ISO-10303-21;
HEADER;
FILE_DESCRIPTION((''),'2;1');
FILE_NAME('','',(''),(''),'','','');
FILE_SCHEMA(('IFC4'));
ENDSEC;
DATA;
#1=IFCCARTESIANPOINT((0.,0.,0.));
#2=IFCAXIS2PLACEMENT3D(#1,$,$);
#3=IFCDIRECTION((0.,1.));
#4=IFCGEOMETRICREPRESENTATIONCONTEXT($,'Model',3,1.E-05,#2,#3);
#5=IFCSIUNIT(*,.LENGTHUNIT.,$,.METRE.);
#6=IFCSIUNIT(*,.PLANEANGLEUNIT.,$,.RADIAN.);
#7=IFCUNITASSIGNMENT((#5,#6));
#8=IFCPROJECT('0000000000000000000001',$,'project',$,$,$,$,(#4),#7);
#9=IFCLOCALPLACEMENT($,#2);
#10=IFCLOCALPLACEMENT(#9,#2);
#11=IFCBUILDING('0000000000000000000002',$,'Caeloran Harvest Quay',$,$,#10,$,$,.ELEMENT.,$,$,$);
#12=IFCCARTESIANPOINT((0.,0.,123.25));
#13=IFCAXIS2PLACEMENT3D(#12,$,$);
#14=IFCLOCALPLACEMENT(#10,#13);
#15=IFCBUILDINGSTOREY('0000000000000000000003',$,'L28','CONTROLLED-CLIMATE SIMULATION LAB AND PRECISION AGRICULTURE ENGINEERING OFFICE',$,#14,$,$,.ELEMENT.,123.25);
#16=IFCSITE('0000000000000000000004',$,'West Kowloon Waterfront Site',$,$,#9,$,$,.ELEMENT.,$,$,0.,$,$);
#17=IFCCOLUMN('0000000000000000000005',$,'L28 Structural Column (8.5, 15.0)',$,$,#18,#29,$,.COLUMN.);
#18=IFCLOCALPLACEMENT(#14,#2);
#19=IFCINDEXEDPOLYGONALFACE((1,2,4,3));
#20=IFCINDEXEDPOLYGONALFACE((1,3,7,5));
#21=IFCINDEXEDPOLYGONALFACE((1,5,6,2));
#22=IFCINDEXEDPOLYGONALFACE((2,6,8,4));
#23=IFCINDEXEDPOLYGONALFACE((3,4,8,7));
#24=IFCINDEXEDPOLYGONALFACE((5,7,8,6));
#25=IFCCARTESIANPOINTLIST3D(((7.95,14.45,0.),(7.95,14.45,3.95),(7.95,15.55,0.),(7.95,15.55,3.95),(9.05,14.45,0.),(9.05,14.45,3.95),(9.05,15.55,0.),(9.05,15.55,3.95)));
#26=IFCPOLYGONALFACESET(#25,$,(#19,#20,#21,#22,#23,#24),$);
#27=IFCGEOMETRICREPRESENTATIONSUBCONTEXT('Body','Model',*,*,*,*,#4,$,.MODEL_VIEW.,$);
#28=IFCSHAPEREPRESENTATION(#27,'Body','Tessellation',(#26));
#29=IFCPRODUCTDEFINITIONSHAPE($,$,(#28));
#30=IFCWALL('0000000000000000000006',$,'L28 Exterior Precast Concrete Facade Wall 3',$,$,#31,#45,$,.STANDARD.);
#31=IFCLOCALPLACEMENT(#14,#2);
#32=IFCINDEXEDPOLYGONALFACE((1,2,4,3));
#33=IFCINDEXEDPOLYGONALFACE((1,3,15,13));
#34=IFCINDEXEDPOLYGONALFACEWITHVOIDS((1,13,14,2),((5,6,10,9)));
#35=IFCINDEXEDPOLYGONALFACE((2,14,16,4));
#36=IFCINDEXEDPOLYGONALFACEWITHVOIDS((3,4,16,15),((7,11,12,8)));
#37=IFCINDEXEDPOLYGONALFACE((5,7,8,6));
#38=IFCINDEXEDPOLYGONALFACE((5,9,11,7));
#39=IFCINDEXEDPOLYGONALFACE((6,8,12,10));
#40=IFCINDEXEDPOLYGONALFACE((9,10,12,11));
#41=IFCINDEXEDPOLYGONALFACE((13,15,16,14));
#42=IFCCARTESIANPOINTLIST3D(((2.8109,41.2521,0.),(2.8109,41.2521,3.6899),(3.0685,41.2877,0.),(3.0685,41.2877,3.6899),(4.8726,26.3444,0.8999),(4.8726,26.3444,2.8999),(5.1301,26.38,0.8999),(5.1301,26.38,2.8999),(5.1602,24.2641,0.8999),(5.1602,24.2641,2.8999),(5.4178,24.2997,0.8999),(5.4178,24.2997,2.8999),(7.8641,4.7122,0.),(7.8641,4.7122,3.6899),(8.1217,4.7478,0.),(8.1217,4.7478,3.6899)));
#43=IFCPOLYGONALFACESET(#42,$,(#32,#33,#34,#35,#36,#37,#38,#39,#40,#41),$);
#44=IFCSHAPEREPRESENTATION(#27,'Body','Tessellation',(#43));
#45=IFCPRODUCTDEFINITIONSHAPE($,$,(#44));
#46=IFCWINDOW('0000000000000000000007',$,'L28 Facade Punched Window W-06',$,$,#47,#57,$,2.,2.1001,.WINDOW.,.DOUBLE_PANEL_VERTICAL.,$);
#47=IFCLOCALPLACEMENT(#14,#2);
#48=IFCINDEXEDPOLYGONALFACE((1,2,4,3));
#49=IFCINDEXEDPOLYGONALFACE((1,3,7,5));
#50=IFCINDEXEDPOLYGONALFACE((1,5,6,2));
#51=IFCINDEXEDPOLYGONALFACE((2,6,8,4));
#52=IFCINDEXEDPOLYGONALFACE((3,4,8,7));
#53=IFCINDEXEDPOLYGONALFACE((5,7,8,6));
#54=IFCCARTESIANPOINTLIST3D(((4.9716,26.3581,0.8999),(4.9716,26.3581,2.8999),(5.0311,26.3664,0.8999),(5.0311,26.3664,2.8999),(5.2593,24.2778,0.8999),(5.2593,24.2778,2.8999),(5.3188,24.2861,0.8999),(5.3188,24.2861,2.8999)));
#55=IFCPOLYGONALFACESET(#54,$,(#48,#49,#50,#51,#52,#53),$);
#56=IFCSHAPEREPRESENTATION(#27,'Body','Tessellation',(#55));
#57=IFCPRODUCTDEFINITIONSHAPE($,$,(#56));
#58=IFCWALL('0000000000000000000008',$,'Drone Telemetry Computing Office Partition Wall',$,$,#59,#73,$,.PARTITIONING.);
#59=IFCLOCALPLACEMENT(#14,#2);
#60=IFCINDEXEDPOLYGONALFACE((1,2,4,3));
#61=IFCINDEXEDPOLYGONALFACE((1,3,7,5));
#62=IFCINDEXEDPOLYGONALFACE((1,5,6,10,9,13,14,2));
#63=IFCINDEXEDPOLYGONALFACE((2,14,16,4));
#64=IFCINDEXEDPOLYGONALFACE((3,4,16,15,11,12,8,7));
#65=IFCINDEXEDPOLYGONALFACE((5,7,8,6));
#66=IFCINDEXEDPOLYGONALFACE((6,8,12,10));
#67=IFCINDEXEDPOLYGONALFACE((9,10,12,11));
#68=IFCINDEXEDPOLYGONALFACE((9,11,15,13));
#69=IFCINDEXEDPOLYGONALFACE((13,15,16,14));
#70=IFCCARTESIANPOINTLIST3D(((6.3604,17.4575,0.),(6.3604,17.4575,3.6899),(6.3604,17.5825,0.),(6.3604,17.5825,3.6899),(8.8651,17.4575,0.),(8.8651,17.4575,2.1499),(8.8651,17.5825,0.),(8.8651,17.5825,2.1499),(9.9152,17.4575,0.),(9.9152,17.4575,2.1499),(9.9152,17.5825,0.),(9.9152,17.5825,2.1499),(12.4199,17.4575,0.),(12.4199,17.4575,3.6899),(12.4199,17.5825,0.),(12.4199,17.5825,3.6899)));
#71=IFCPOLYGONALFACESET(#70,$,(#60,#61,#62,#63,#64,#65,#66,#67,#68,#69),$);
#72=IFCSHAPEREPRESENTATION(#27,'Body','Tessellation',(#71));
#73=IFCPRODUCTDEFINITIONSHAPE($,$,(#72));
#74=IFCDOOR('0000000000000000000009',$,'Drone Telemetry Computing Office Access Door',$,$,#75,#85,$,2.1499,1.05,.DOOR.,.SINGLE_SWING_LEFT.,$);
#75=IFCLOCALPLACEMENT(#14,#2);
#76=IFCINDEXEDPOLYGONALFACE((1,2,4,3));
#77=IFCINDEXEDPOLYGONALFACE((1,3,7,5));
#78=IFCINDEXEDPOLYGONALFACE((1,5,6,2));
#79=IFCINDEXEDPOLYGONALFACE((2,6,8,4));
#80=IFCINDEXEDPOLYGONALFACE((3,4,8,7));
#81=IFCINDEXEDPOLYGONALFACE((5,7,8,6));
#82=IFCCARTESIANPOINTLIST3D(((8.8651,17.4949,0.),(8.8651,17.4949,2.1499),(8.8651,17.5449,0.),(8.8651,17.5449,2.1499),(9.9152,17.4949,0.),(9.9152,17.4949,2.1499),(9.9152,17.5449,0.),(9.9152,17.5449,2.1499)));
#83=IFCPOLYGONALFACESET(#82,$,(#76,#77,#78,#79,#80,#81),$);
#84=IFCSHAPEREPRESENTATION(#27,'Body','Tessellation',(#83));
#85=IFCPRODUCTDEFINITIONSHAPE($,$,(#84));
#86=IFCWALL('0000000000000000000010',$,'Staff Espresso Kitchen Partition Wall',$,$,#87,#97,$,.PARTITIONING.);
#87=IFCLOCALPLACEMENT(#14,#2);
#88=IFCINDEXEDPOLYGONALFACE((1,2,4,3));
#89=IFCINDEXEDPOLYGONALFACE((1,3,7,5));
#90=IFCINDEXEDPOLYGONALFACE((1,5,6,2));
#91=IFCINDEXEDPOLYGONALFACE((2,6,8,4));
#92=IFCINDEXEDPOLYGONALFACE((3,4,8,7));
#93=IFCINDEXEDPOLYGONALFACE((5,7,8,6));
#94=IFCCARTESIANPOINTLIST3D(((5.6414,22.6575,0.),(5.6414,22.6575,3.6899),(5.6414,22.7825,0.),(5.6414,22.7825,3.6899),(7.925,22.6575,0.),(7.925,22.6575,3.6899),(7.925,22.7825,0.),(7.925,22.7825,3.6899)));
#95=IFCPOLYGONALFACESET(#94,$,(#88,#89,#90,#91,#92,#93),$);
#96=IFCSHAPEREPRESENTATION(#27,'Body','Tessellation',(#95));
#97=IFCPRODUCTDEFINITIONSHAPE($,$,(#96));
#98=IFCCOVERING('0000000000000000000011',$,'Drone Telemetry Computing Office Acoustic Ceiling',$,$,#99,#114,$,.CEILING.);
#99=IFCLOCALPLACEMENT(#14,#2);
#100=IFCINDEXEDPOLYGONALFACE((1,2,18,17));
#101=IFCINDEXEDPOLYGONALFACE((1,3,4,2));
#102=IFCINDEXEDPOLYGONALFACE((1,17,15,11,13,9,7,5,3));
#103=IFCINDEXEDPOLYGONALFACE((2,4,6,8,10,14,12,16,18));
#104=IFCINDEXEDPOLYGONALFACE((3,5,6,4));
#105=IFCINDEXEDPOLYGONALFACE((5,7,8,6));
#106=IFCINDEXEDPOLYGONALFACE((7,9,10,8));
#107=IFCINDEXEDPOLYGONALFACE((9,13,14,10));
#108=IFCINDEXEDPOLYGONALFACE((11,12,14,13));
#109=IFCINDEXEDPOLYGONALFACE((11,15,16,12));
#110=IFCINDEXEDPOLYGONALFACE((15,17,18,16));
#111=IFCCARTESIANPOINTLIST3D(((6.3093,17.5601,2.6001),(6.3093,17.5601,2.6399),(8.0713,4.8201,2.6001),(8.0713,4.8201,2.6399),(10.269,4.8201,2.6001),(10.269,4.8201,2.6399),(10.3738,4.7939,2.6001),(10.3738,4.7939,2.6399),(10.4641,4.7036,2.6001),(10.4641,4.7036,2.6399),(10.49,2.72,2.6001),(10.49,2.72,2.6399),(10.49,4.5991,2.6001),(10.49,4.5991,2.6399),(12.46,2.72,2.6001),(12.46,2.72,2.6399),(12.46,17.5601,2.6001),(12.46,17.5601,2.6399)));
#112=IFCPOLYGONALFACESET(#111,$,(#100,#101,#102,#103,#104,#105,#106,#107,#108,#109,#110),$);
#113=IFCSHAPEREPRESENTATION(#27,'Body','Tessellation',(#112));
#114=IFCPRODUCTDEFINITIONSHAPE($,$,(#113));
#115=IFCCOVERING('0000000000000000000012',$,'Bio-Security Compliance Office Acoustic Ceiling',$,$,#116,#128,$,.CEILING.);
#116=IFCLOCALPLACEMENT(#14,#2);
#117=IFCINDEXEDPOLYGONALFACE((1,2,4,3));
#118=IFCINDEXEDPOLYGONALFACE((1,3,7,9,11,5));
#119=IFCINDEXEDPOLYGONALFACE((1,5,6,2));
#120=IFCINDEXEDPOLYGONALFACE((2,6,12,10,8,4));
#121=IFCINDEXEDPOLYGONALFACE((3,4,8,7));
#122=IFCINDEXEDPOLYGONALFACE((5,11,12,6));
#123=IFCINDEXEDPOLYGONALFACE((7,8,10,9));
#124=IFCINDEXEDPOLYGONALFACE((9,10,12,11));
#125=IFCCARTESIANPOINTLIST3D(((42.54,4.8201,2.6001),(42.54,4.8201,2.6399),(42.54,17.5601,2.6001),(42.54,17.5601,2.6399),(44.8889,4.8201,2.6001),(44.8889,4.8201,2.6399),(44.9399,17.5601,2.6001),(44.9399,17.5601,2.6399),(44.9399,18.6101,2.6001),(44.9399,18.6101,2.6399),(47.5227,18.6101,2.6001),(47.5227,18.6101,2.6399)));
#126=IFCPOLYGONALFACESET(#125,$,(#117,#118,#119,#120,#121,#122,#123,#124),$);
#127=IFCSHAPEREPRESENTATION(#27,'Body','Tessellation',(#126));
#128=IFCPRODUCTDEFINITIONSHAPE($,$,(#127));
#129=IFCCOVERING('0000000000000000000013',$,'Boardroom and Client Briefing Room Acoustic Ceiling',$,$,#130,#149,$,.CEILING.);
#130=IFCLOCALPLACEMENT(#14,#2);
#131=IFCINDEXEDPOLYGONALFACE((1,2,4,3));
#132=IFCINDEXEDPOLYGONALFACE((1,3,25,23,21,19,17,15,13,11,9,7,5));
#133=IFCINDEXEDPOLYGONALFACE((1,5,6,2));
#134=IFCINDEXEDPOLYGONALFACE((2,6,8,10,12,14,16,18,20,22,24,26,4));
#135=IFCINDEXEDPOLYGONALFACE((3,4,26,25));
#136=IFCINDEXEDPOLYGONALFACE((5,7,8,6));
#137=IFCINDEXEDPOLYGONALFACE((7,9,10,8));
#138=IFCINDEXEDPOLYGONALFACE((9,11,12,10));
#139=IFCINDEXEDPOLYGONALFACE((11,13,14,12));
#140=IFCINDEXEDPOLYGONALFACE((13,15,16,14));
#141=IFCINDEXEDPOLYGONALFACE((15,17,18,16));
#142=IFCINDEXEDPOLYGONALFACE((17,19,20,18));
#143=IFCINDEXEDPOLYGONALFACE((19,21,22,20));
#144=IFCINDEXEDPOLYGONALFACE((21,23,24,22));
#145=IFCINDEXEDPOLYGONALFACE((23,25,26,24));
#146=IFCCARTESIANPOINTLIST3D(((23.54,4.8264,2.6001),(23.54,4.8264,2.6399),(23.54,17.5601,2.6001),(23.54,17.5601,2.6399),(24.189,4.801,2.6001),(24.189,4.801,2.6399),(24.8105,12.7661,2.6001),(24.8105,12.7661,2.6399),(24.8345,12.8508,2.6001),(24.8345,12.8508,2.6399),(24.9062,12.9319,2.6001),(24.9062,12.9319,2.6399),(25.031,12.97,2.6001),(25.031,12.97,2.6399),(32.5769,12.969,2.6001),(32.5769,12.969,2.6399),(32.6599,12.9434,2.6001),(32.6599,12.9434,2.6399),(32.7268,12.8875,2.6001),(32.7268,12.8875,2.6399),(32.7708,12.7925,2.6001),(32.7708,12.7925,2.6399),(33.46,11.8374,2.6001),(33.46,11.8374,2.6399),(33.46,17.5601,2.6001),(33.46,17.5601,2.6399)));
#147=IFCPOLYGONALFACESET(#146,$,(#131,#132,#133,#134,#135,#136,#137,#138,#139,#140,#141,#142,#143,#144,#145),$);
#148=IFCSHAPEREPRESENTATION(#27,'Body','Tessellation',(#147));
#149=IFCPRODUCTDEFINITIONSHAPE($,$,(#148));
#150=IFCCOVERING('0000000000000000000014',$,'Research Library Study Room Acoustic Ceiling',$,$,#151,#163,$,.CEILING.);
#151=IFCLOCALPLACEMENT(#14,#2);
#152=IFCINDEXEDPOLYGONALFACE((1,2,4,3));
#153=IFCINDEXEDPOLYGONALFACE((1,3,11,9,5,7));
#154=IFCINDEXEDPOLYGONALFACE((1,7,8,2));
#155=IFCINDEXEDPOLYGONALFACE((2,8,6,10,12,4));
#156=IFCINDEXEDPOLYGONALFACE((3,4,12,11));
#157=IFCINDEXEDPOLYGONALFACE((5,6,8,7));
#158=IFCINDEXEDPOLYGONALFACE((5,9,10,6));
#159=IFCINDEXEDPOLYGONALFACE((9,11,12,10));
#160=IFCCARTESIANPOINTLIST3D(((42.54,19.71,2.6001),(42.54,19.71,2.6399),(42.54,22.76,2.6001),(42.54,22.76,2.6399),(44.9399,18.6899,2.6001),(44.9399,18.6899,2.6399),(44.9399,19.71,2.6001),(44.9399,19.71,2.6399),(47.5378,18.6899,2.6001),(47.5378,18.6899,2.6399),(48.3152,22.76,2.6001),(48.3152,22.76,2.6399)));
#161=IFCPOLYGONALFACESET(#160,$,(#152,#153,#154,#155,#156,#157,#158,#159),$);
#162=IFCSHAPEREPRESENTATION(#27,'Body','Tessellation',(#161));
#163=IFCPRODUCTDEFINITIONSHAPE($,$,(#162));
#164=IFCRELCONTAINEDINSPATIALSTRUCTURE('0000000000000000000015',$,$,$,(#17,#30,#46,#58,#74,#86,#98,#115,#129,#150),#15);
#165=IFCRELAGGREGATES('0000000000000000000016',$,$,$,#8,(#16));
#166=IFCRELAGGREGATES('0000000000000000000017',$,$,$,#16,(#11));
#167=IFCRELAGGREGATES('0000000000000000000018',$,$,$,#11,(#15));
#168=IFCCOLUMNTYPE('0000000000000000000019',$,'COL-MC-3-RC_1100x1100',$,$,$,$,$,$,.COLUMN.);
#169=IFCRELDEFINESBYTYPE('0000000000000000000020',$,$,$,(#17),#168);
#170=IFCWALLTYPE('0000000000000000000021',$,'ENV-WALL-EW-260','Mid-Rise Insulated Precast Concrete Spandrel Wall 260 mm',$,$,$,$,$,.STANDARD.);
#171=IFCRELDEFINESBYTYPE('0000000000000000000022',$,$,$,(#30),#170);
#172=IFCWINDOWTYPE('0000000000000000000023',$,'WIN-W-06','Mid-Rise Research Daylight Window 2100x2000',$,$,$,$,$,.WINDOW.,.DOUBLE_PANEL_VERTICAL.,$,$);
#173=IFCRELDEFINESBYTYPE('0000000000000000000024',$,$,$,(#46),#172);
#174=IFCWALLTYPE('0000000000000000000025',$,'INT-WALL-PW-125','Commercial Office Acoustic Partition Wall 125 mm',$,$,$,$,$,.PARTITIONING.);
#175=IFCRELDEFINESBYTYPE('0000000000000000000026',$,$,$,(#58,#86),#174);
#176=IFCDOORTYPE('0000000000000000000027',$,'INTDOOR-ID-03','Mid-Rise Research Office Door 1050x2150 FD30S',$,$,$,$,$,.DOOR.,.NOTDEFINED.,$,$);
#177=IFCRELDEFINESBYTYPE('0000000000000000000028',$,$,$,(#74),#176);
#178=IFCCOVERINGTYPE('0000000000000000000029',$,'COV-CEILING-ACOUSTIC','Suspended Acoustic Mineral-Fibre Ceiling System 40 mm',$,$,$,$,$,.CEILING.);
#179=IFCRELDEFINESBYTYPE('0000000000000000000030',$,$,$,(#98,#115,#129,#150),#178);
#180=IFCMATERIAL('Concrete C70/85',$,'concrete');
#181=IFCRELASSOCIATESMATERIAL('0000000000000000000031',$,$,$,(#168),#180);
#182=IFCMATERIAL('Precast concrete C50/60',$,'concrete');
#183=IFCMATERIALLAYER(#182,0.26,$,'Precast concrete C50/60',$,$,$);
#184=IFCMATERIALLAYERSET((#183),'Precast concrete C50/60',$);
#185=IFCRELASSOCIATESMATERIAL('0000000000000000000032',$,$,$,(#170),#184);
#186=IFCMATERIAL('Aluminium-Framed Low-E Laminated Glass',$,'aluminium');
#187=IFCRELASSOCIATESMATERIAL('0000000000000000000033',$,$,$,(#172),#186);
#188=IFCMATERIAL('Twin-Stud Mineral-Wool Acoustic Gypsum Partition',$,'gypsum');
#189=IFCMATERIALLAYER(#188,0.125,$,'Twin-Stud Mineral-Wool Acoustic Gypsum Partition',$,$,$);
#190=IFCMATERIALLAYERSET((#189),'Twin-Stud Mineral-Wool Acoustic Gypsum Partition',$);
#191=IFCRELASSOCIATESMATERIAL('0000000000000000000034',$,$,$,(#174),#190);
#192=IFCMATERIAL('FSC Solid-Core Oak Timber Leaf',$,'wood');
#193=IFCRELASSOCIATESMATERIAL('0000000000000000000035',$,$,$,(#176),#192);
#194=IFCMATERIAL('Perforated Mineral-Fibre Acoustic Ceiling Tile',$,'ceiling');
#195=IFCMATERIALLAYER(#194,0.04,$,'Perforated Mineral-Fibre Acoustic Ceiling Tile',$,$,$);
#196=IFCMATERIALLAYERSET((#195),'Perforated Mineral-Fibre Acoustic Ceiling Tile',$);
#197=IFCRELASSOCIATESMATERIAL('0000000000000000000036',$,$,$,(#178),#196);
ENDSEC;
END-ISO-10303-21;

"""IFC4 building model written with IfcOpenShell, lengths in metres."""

from ifc_helpers import new_model, si_unit, direction, frame, frame_2d, origin, origin_2d, place, context, subcontext, project, spatial, polyline, rectangle, outline, extrude, material, layer, layer_set, material_profile, profile_set, type_object, element, fill, save


model = new_model("IFC4")

# Units and contexts
model_context = context("Model", 3, precision=1e-05, world=origin(), true_north=direction((0.0, 1.0)))
body_context = subcontext(model_context, "Body", "Model", "MODEL_VIEW")
ifc_project = project(units=[si_unit("LENGTHUNIT", "METRE"), si_unit("PLANEANGLEUNIT", "RADIAN")], contexts=[model_context])

# Site, building, storey
site_placement = place(None, origin())
site = spatial("IfcSite", under=ifc_project, at=site_placement, Name="West Kowloon Waterfront Site", CompositionType="ELEMENT", RefElevation=0.0)
building_placement = place(site_placement, origin())
building = spatial("IfcBuilding", under=site, at=building_placement, Name="Caeloran Harvest Quay", CompositionType="ELEMENT")
storey_placement = place(building_placement, frame((0.0, 0.0, 123.25)))
storey = spatial("IfcBuildingStorey", under=building, at=storey_placement, Name="L28", Description="CONTROLLED-CLIMATE SIMULATION LAB AND PRECISION AGRICULTURE ENGINEERING OFFICE", CompositionType="ELEMENT", Elevation=123.25)

# Column
ifc_material_1 = material(Name="Concrete C70/85", Category="concrete")
ifc_material_profile = material_profile(ifc_material_1, rectangle(XDim=1.1001, YDim=1.1001, at=origin_2d()), Name="RC 1100x1100")
ifc_profile_set = profile_set([ifc_material_profile], Name="Concrete C70/85")
column_type = type_object("IfcColumnType", Name="COL-MC-3-RC_1100x1100", PredefinedType="COLUMN", material=ifc_profile_set)
column_placement = place(storey_placement, frame((8.5, 15.0, 0.0), z_axis=(0.0, 0.0, 1.0), x_axis=(1.0, 0.0, 0.0)))
element("IfcColumn", 1, at=column_placement, inside=storey, type_object=column_type, Name="L28 Structural Column (8.5, 15.0)", PredefinedType="COLUMN", context=body_context, shape_type="SweptSolid", body=[
    extrude(rectangle(XDim=1.1001, YDim=1.1001, at=origin_2d()), origin(), (0.0, 0.0, 1.0), 3.95),
])

# Wall, opening, window
ifc_material_2 = material(Name="Precast concrete C50/60", Category="concrete")
ifc_layer_1 = layer(ifc_material_2, 0.26, Name="Precast concrete C50/60")
ifc_layer_set_1 = layer_set([ifc_layer_1], Name="Precast concrete C50/60")
wall_type_1 = type_object("IfcWallType", Name="ENV-WALL-EW-260", Description="Mid-Rise Insulated Precast Concrete Spandrel Wall 260 mm", PredefinedType="STANDARD", material=ifc_layer_set_1)
wall_1_placement = place(storey_placement, frame((7.9929, 4.73, 0.0), z_axis=(0.0, 0.0, 1.0), x_axis=(-0.136989, 0.990573, 0.0)))
wall_1 = element("IfcWall", 2, at=wall_1_placement, inside=storey, type_object=wall_type_1, Name="L28 Exterior Precast Concrete Facade Wall 3", PredefinedType="STANDARD", context=body_context, shape_type="SweptSolid", body=[
    extrude(rectangle(XDim=36.8877, YDim=0.26, at=frame_2d((18.4438, 0.0))), origin(), (0.0, 0.0, 1.0), 3.6899),
])
opening_1_placement = place(wall_1_placement, frame((19.738, 0.0, 0.8999)))
opening_1 = element("IfcOpeningElement", 3, at=opening_1_placement, cuts=wall_1, PredefinedType="OPENING", context=body_context, shape_type="SweptSolid", body=[
    extrude(rectangle(XDim=2.1001, YDim=2.0, at=frame_2d((1.05, 1.0))), frame((0.0, 0.1401, 0.0), z_axis=(0.0, -1.0, 0.0), x_axis=(1.0, 0.0, 0.0)), (0.0, 0.0, 1.0), 0.28),
])
ifc_material_3 = material(Name="Aluminium-Framed Low-E Laminated Glass", Category="aluminium")
window_type = type_object("IfcWindowType", Name="WIN-W-06", Description="Mid-Rise Research Daylight Window 2100x2000", PartitioningType="DOUBLE_PANEL_VERTICAL", PredefinedType="WINDOW", material=ifc_material_3)
window_placement = place(opening_1_placement, origin())
window = element("IfcWindow", 4, at=window_placement, inside=storey, type_object=window_type, Name="L28 Facade Punched Window W-06", OverallHeight=2.0, OverallWidth=2.1001, PartitioningType="DOUBLE_PANEL_VERTICAL", PredefinedType="WINDOW", context=body_context, shape_type="SweptSolid", body=[
    extrude(rectangle(XDim=2.1001, YDim=2.0, at=frame_2d((1.05, 1.0))), frame((0.0, 0.03, 0.0), z_axis=(0.0, -1.0, 0.0), x_axis=(1.0, 0.0, 0.0)), (0.0, 0.0, 1.0), 0.0601),
])
fill(opening_1, window)

# Wall, opening, door
ifc_material_4 = material(Name="Twin-Stud Mineral-Wool Acoustic Gypsum Partition", Category="gypsum")
ifc_layer_2 = layer(ifc_material_4, 0.125, Name="Twin-Stud Mineral-Wool Acoustic Gypsum Partition")
ifc_layer_set_2 = layer_set([ifc_layer_2], Name="Twin-Stud Mineral-Wool Acoustic Gypsum Partition")
wall_type_2 = type_object("IfcWallType", Name="INT-WALL-PW-125", Description="Commercial Office Acoustic Partition Wall 125 mm", PredefinedType="PARTITIONING", material=ifc_layer_set_2)
wall_2_placement = place(storey_placement, frame((6.3604, 17.52, 0.0), z_axis=(0.0, 0.0, 1.0), x_axis=(1.0, 0.0, 0.0)))
wall_2 = element("IfcWall", 5, at=wall_2_placement, inside=storey, type_object=wall_type_2, Name="Drone Telemetry Computing Office Partition Wall", PredefinedType="PARTITIONING", context=body_context, shape_type="SweptSolid", body=[
    extrude(rectangle(XDim=6.0596, YDim=0.125, at=frame_2d((3.0298, 0.0))), origin(), (0.0, 0.0, 1.0), 3.6899),
])
opening_2_placement = place(wall_2_placement, frame((2.5049, 0.0, 0.0)))
opening_2 = element("IfcOpeningElement", 6, at=opening_2_placement, cuts=wall_2, PredefinedType="OPENING", context=body_context, shape_type="SweptSolid", body=[
    extrude(rectangle(XDim=1.05, YDim=2.1499, at=frame_2d((0.5249, 1.075))), frame((0.0, 0.0725, 0.0), z_axis=(0.0, -1.0, 0.0), x_axis=(1.0, 0.0, 0.0)), (0.0, 0.0, 1.0), 0.145),
])
ifc_material_5 = material(Name="FSC Solid-Core Oak Timber Leaf", Category="wood")
door_type = type_object("IfcDoorType", Name="INTDOOR-ID-03", Description="Mid-Rise Research Office Door 1050x2150 FD30S", OperationType="NOTDEFINED", PredefinedType="DOOR", material=ifc_material_5)
door_placement = place(opening_2_placement, origin())
door = element("IfcDoor", 7, at=door_placement, inside=storey, type_object=door_type, Name="Drone Telemetry Computing Office Access Door", OperationType="SINGLE_SWING_LEFT", OverallHeight=2.1499, OverallWidth=1.05, PredefinedType="DOOR", context=body_context, shape_type="SweptSolid", body=[
    extrude(rectangle(XDim=1.05, YDim=2.1499, at=frame_2d((0.5249, 1.075))), frame((0.0, 0.0249, 0.0), z_axis=(0.0, -1.0, 0.0), x_axis=(1.0, 0.0, 0.0)), (0.0, 0.0, 1.0), 0.05),
])
fill(opening_2, door)

# Wall
wall_3_placement = place(storey_placement, frame((5.6414, 22.72, 0.0), z_axis=(0.0, 0.0, 1.0), x_axis=(1.0, 0.0, 0.0)))
element("IfcWall", 8, at=wall_3_placement, inside=storey, type_object=wall_type_2, Name="Staff Espresso Kitchen Partition Wall", PredefinedType="PARTITIONING", context=body_context, shape_type="SweptSolid", body=[
    extrude(rectangle(XDim=2.2837, YDim=0.125, at=frame_2d((1.1418, 0.0))), origin(), (0.0, 0.0, 1.0), 3.6899),
])

# Coverings
ifc_material_6 = material(Name="Perforated Mineral-Fibre Acoustic Ceiling Tile", Category="ceiling")
ifc_layer_3 = layer(ifc_material_6, 0.04, Name="Perforated Mineral-Fibre Acoustic Ceiling Tile")
ifc_layer_set_3 = layer_set([ifc_layer_3], Name="Perforated Mineral-Fibre Acoustic Ceiling Tile")
covering_type_1 = type_object("IfcCoveringType", Name="COV-CEILING-ACOUSTIC", Description="Suspended Acoustic Mineral-Fibre Ceiling System 40 mm", PredefinedType="CEILING", material=ifc_layer_set_3)
covering_1_placement = place(storey_placement, frame((0.0, 0.0, 2.6001)))
element("IfcCovering", 9, at=covering_1_placement, inside=storey, type_object=covering_type_1, Name="Drone Telemetry Computing Office Acoustic Ceiling", PredefinedType="CEILING", context=body_context, shape_type="SweptSolid", body=[
    extrude(outline(polyline([(10.4641, 4.7036), (10.3738, 4.7939), (10.269, 4.8201), (8.0713, 4.8201), (6.3093, 17.5601), (12.46, 17.5601), (12.46, 2.72), (10.49, 2.72), (10.49, 4.5991), (10.4641, 4.7036)])), origin(), (0.0, 0.0, 1.0), 0.0398),
])
covering_2_placement = place(storey_placement, frame((0.0, 0.0, 2.6001)))
element("IfcCovering", 10, at=covering_2_placement, inside=storey, type_object=covering_type_1, Name="Bio-Security Compliance Office Acoustic Ceiling", PredefinedType="CEILING", context=body_context, shape_type="SweptSolid", body=[
    extrude(outline(polyline([(44.9399, 17.5601), (44.9399, 18.6101), (47.5227, 18.6101), (44.8889, 4.8201), (42.54, 4.8201), (42.54, 17.5601), (44.9399, 17.5601)])), origin(), (0.0, 0.0, 1.0), 0.0398),
])
covering_3_placement = place(storey_placement, frame((0.0, 0.0, 2.6001)))
element("IfcCovering", 11, at=covering_3_placement, inside=storey, type_object=covering_type_1, Name="Boardroom and Client Briefing Room Acoustic Ceiling", PredefinedType="CEILING", context=body_context, shape_type="SweptSolid", body=[
    extrude(outline(polyline([(33.46, 11.8374), (32.7708, 12.7925), (32.7268, 12.8875), (32.6599, 12.9434), (32.5769, 12.969), (25.031, 12.97), (24.9062, 12.9319), (24.8345, 12.8508), (24.8105, 12.7661), (24.189, 4.801), (23.54, 4.8264), (23.54, 17.5601), (33.46, 17.5601), (33.46, 11.8374)])), origin(), (0.0, 0.0, 1.0), 0.0398),
])
covering_4_placement = place(storey_placement, frame((0.0, 0.0, 2.6001)))
element("IfcCovering", 12, at=covering_4_placement, inside=storey, type_object=covering_type_1, Name="Research Library Study Room Acoustic Ceiling", PredefinedType="CEILING", context=body_context, shape_type="SweptSolid", body=[
    extrude(outline(polyline([(44.9399, 19.71), (42.54, 19.71), (42.54, 22.76), (48.3152, 22.76), (47.5378, 18.6899), (44.9399, 18.6899), (44.9399, 19.71)])), origin(), (0.0, 0.0, 1.0), 0.0398),
])

save(model, "model.ifc")
